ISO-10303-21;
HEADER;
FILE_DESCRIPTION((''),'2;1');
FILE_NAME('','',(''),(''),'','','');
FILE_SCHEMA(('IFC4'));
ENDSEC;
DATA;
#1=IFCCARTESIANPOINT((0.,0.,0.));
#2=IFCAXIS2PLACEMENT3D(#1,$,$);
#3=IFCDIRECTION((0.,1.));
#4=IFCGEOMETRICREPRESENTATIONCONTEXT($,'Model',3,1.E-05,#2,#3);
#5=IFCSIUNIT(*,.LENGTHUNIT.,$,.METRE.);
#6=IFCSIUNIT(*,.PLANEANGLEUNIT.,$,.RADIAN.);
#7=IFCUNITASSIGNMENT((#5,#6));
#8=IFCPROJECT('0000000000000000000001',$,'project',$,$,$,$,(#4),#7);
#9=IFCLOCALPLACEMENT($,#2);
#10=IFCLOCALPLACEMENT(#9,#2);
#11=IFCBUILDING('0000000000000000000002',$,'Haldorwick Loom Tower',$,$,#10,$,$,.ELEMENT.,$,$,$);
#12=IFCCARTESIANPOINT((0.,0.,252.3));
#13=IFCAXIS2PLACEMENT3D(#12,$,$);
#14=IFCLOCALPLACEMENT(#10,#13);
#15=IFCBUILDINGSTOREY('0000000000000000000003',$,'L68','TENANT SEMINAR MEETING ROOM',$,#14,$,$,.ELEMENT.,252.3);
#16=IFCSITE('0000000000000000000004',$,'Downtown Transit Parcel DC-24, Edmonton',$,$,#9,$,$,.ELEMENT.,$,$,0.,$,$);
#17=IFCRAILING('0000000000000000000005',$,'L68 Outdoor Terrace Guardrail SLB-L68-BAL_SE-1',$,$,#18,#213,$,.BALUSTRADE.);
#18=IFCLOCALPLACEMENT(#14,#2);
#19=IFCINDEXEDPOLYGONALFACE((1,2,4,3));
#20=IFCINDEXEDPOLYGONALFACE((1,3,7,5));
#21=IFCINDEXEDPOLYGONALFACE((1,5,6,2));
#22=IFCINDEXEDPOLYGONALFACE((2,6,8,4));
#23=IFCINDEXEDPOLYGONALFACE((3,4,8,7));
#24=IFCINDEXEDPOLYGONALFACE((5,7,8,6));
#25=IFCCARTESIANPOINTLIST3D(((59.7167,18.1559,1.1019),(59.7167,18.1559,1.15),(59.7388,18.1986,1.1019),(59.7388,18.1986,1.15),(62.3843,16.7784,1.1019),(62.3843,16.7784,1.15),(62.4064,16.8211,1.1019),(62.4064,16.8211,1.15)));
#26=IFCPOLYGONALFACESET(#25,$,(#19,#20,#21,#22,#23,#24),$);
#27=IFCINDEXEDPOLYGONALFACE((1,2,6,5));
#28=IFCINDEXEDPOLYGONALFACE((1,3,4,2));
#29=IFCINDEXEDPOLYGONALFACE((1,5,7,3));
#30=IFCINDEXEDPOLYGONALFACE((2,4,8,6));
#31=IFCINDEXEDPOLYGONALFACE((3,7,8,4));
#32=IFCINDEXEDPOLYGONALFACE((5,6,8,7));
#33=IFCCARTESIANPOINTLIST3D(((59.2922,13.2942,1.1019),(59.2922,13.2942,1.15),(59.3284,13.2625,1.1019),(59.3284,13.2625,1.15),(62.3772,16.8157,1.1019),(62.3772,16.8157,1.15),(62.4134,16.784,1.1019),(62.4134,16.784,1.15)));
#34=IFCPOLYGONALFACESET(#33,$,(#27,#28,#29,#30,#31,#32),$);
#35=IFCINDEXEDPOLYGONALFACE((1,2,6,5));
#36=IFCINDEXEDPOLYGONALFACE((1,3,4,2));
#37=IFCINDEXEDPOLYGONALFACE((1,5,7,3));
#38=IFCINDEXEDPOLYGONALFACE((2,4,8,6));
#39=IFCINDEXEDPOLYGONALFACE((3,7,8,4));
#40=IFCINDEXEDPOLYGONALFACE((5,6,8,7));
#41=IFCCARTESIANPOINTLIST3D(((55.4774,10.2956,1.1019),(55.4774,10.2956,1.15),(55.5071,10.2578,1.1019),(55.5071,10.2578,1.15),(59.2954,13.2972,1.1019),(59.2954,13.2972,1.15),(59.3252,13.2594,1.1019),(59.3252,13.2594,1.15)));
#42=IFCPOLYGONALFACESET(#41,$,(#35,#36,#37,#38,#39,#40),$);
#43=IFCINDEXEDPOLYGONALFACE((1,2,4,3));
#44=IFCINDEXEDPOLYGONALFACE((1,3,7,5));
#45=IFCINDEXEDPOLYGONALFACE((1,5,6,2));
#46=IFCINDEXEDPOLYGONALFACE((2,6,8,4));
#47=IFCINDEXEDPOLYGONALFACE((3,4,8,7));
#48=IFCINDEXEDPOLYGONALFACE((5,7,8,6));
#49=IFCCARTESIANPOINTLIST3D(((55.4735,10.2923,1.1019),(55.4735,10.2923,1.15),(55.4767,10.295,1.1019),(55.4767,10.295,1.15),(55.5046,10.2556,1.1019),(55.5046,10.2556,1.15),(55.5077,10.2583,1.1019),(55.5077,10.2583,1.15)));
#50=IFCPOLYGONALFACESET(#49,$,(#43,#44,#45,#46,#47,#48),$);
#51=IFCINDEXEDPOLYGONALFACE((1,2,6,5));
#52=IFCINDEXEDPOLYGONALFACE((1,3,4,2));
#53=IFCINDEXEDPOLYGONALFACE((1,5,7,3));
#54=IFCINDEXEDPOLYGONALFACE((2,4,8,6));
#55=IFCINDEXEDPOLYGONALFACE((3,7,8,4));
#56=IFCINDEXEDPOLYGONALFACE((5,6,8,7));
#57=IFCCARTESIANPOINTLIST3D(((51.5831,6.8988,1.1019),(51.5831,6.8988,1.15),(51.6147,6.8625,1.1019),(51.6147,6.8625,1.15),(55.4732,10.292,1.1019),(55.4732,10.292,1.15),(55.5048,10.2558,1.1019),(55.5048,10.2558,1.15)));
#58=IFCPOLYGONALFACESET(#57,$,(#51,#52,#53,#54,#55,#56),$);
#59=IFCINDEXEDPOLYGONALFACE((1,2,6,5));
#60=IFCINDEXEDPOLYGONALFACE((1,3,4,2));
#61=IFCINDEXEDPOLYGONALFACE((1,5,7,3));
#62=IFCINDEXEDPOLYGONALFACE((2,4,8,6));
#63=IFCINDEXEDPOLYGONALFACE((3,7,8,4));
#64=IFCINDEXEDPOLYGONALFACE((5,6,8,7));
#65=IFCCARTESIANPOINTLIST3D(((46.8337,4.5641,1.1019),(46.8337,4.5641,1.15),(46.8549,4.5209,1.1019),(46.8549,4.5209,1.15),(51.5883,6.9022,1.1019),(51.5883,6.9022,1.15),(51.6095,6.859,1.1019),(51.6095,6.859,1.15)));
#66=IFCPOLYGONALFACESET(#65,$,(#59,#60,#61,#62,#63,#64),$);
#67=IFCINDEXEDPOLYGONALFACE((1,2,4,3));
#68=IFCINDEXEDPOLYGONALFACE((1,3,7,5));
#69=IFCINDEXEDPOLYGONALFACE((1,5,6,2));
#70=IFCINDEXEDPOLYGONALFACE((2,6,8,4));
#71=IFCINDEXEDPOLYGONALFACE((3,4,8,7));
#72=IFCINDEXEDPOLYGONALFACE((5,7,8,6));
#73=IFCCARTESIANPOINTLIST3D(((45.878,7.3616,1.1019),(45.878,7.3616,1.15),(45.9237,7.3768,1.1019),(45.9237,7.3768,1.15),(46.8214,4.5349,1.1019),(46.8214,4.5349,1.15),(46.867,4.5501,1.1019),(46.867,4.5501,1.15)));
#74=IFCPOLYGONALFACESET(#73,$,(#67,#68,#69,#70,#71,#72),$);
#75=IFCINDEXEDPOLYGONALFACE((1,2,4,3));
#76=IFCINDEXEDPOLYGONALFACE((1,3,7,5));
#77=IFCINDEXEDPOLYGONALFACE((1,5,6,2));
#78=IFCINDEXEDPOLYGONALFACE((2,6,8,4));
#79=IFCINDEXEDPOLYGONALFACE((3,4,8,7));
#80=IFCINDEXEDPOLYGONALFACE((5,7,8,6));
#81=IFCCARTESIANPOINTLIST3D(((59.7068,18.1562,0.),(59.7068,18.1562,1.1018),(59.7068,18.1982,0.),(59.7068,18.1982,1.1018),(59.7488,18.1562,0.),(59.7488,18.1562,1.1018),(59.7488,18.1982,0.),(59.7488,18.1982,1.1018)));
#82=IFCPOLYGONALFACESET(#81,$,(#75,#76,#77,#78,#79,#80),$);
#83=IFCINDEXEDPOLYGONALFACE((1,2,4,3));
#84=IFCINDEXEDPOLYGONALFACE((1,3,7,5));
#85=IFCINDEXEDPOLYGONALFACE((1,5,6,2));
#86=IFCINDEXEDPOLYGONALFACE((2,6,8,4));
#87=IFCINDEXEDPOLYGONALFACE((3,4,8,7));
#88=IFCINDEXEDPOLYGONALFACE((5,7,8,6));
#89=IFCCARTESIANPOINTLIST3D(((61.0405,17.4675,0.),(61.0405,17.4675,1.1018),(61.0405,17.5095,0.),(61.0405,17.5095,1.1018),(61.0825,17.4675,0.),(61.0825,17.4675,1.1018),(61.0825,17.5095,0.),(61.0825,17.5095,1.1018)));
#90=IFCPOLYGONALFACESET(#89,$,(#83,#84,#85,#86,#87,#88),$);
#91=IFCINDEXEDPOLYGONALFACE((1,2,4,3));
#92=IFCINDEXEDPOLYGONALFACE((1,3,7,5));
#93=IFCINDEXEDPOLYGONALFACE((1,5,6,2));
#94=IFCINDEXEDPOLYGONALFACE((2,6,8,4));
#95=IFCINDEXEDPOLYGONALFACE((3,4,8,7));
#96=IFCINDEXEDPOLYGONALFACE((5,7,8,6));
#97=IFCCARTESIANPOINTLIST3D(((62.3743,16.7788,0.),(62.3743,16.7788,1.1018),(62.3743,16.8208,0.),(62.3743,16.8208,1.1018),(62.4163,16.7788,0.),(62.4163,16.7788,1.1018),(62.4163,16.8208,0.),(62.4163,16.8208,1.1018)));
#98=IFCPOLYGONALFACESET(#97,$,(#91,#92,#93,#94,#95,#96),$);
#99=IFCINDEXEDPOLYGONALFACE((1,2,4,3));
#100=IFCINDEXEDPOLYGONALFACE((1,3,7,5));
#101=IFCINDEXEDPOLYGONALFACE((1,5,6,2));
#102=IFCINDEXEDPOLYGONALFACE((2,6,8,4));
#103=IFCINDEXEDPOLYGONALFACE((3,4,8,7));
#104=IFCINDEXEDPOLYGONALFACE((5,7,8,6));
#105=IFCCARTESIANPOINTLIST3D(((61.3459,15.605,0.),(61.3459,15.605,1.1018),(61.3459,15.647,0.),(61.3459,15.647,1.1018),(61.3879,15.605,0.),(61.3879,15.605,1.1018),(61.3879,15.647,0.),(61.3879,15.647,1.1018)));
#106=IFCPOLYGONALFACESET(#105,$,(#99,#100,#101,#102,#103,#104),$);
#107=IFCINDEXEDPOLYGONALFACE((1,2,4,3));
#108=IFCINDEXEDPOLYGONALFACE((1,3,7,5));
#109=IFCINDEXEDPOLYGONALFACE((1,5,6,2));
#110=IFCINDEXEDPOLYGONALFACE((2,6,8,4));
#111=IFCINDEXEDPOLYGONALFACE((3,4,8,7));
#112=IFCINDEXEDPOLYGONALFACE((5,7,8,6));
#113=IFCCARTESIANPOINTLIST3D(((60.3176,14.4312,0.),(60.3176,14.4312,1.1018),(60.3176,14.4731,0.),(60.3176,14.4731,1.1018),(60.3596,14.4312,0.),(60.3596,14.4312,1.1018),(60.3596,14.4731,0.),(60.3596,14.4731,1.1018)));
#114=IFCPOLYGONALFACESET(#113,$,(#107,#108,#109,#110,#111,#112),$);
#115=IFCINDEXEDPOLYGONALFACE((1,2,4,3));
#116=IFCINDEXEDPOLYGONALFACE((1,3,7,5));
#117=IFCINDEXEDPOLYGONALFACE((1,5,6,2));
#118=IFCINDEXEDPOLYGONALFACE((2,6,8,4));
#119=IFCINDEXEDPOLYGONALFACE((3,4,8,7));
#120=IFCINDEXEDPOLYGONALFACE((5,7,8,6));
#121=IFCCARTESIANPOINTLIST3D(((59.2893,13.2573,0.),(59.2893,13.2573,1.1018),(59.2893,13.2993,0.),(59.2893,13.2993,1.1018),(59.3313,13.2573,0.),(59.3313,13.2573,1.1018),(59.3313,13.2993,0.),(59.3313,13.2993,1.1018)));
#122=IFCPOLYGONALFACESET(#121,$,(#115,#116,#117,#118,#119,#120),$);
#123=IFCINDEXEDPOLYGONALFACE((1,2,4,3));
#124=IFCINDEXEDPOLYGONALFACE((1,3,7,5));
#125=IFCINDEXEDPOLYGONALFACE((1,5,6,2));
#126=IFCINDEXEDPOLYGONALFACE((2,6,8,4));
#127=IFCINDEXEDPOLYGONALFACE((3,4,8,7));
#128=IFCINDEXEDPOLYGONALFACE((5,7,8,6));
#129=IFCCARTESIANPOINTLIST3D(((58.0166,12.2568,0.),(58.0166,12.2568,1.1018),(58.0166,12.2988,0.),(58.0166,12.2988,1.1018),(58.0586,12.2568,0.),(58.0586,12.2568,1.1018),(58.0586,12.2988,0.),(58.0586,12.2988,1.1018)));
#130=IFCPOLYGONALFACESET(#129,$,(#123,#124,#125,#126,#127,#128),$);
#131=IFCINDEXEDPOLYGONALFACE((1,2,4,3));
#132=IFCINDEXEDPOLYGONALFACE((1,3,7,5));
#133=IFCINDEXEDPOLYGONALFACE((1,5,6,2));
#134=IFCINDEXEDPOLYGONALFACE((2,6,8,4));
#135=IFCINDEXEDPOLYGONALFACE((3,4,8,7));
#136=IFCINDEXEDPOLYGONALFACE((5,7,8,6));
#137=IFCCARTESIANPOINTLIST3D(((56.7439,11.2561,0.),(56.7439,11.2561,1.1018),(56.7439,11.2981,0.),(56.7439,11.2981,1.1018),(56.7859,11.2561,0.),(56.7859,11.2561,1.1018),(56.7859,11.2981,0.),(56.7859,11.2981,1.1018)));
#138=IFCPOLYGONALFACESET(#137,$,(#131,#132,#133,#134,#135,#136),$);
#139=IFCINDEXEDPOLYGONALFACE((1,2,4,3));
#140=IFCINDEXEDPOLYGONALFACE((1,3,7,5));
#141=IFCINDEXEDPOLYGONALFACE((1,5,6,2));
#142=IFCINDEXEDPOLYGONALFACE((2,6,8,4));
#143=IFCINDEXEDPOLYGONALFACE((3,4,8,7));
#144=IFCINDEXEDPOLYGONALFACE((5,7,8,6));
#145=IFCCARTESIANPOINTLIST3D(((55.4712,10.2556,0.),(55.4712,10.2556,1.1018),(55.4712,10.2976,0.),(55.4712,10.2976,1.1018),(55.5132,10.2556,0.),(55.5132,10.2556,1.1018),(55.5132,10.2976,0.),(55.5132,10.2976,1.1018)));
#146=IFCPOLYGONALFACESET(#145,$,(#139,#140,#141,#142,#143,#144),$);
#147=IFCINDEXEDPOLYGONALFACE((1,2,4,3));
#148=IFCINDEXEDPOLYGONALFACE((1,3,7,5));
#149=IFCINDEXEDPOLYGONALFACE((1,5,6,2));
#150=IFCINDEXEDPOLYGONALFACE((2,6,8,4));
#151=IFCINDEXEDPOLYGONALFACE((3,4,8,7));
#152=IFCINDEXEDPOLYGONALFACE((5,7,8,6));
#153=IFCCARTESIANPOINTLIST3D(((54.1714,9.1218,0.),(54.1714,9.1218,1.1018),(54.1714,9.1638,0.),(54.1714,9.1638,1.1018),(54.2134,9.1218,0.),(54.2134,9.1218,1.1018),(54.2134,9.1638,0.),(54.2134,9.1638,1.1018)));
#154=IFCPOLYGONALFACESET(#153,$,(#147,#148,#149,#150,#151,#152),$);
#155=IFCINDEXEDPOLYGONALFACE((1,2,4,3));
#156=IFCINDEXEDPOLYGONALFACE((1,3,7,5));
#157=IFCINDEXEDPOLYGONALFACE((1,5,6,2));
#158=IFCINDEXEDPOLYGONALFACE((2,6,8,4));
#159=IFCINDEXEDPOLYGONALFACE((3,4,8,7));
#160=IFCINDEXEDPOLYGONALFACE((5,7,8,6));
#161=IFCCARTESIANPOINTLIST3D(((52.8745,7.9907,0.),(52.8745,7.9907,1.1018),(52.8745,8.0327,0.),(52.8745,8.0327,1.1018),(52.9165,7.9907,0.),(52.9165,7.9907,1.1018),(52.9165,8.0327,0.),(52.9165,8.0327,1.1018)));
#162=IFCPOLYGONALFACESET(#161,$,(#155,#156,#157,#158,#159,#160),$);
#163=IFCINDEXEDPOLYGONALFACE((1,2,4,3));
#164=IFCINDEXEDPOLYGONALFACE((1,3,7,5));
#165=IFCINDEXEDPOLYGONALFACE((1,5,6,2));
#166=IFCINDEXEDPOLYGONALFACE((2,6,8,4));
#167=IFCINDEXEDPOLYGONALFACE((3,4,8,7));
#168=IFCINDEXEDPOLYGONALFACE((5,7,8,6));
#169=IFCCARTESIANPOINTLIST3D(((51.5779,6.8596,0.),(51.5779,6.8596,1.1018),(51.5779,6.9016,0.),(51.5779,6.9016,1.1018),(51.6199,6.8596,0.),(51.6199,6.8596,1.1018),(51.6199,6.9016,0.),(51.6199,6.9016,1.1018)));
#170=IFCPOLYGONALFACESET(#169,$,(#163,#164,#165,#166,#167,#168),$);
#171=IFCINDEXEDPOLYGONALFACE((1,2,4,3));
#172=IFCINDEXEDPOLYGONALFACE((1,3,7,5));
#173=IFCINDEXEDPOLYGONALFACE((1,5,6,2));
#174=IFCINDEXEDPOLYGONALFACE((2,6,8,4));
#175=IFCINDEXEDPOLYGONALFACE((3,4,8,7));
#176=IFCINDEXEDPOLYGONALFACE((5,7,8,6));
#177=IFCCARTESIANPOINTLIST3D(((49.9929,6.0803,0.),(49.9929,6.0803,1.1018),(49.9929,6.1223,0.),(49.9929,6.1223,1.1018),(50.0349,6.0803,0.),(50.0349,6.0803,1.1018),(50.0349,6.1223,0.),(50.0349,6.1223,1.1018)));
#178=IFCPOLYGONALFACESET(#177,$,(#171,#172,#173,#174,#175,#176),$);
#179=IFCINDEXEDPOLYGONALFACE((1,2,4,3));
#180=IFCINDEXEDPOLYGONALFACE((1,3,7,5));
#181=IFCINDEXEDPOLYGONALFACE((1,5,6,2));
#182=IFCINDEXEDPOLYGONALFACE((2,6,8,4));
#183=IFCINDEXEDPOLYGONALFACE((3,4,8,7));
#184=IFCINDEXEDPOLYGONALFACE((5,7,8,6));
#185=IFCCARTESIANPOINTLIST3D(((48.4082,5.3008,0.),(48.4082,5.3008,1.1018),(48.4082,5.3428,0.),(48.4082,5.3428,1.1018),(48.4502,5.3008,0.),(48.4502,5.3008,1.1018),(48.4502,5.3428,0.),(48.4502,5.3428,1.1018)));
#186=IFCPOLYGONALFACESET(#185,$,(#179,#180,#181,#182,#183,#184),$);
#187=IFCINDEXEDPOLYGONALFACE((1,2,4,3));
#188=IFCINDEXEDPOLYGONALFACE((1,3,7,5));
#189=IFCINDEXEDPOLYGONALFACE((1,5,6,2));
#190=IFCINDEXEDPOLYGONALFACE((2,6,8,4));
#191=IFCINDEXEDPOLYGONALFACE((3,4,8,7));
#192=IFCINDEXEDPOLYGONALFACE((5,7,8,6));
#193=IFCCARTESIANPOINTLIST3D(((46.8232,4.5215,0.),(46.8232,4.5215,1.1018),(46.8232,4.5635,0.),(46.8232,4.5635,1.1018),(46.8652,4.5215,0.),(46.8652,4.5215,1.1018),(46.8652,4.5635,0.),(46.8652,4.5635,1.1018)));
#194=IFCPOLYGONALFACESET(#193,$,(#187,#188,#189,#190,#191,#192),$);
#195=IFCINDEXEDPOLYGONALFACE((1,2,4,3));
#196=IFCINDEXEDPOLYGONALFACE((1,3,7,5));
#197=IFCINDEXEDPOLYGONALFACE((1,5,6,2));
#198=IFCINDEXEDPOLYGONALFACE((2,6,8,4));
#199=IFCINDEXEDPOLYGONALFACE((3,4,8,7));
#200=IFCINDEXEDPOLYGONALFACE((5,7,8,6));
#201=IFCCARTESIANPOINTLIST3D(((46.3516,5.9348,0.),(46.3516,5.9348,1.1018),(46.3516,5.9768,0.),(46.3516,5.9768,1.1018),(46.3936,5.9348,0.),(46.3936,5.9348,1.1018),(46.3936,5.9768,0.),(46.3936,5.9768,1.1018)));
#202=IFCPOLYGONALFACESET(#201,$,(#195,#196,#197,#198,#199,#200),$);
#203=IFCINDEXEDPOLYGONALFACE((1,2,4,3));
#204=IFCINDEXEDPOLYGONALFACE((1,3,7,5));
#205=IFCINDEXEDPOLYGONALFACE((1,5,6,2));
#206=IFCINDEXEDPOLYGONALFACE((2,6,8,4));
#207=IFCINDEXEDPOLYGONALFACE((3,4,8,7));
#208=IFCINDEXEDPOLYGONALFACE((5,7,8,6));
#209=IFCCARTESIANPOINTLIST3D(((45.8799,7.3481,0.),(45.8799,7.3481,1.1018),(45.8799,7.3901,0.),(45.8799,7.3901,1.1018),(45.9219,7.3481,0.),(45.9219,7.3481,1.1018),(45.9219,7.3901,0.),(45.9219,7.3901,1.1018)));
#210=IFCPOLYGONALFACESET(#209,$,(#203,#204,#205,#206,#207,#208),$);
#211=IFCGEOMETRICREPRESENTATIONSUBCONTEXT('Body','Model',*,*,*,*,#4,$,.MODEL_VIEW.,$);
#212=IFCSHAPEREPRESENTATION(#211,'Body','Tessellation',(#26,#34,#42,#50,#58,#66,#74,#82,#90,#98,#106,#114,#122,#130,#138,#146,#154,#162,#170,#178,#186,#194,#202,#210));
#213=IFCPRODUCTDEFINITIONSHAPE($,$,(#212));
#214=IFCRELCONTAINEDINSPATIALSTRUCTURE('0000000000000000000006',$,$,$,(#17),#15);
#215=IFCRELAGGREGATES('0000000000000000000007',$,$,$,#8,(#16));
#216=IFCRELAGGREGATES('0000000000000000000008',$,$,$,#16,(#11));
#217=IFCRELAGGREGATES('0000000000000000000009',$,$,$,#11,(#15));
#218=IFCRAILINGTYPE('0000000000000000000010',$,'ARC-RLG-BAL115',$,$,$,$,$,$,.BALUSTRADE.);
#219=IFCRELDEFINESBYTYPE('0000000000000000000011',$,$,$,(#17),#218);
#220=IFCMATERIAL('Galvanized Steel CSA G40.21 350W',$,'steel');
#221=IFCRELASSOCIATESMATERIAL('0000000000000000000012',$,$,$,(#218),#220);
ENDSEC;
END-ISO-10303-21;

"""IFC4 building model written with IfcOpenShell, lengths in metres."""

from ifc_helpers import new_model, si_unit, direction, frame, origin, origin_2d, place, context, subcontext, project, spatial, rectangle, extrude, material, type_object, element, save


model = new_model("IFC4")

# Units and contexts
model_context = context("Model", 3, precision=1e-05, world=origin(), true_north=direction((0.0, 1.0)))
body_context = subcontext(model_context, "Body", "Model", "MODEL_VIEW")
ifc_project = project(units=[si_unit("LENGTHUNIT", "METRE"), si_unit("PLANEANGLEUNIT", "RADIAN")], contexts=[model_context])

# Site, building, storey
site_placement = place(None, origin())
site = spatial("IfcSite", under=ifc_project, at=site_placement, Name="Downtown Transit Parcel DC-24, Edmonton", CompositionType="ELEMENT", RefElevation=0.0)
building_placement = place(site_placement, origin())
building = spatial("IfcBuilding", under=site, at=building_placement, Name="Haldorwick Loom Tower", CompositionType="ELEMENT")
storey_placement = place(building_placement, frame((0.0, 0.0, 252.3)))
storey = spatial("IfcBuildingStorey", under=building, at=storey_placement, Name="L68", Description="TENANT SEMINAR MEETING ROOM", CompositionType="ELEMENT", Elevation=252.3)

# Railing
ifc_material_1 = material(Name="Galvanized Steel CSA G40.21 350W", Category="steel")
railing_type = type_object("IfcRailingType", Name="ARC-RLG-BAL115", PredefinedType="BALUSTRADE", material=ifc_material_1)
railing_placement = place(storey_placement, frame((59.7278, 18.1772, 0.0)))
element("IfcRailing", 1, at=railing_placement, inside=storey, type_object=railing_type, Name="L68 Outdoor Terrace Guardrail SLB-L68-BAL_SE-1", PredefinedType="BALUSTRADE", context=body_context, shape_type="SweptSolid", body=[
    extrude(rectangle(XDim=0.0481, YDim=0.0481, at=origin_2d()), frame((0.0, 0.0, 1.126), z_axis=(0.888529, -0.458821, 0.0), x_axis=(0.458821, 0.888529, 0.0)), (0.0, 0.0, 1.0), 3.0022),
    extrude(rectangle(XDim=0.0481, YDim=0.0481, at=origin_2d()), frame((2.6675, -1.3774, 1.126), z_axis=(-0.658948, -0.752189, 0.0), x_axis=(0.752189, -0.658948, 0.0)), (0.0, 0.0, 1.0), 4.6816),
    extrude(rectangle(XDim=0.0481, YDim=0.0481, at=origin_2d()), frame((-0.4175, -4.8989, 1.126), z_axis=(-0.786142, -0.618046, 0.0), x_axis=(0.618046, -0.786142, 0.0)), (0.0, 0.0, 1.0), 4.8567),
    extrude(rectangle(XDim=0.0481, YDim=0.0481, at=origin_2d()), frame((-4.2356, -7.9006, 1.126), z_axis=(-0.763386, -0.645942, 0.0), x_axis=(0.645942, -0.763386, 0.0)), (0.0, 0.0, 1.0), 0.0042),
    extrude(rectangle(XDim=0.0481, YDim=0.0481, at=origin_2d()), frame((-4.2388, -7.9033, 1.126), z_axis=(-0.753589, -0.657345, 0.0), x_axis=(0.657345, -0.753589, 0.0)), (0.0, 0.0, 1.0), 5.1621),
    extrude(rectangle(XDim=0.0481, YDim=0.0481, at=origin_2d()), frame((-8.1289, -11.2966, 1.126), z_axis=(-0.897366, -0.441287, 0.0), x_axis=(0.441287, -0.897366, 0.0)), (0.0, 0.0, 1.0), 5.2983),
    extrude(rectangle(XDim=0.0481, YDim=0.0481, at=origin_2d()), frame((-12.8835, -13.6348, 1.126), z_axis=(-0.316572, 0.948569, 0.0), x_axis=(-0.948569, -0.316572, 0.0)), (0.0, 0.0, 1.0), 2.98),
    extrude(rectangle(XDim=0.042, YDim=0.042, at=origin_2d()), origin(), (0.0, 0.0, 1.0), 1.1018),
    extrude(rectangle(XDim=0.042, YDim=0.042, at=origin_2d()), frame((1.3337, -0.6887, 0.0)), (0.0, 0.0, 1.0), 1.1018),
    extrude(rectangle(XDim=0.042, YDim=0.042, at=origin_2d()), frame((2.6675, -1.3774, 0.0)), (0.0, 0.0, 1.0), 1.1018),
    extrude(rectangle(XDim=0.042, YDim=0.042, at=origin_2d()), frame((1.6392, -2.5513, 0.0)), (0.0, 0.0, 1.0), 1.1018),
    extrude(rectangle(XDim=0.042, YDim=0.042, at=origin_2d()), frame((0.6108, -3.7251, 0.0)), (0.0, 0.0, 1.0), 1.1018),
    extrude(rectangle(XDim=0.042, YDim=0.042, at=origin_2d()), frame((-0.4175, -4.8989, 0.0)), (0.0, 0.0, 1.0), 1.1018),
    extrude(rectangle(XDim=0.042, YDim=0.042, at=origin_2d()), frame((-1.6902, -5.8994, 0.0)), (0.0, 0.0, 1.0), 1.1018),
    extrude(rectangle(XDim=0.042, YDim=0.042, at=origin_2d()), frame((-2.9629, -6.9001, 0.0)), (0.0, 0.0, 1.0), 1.1018),
    extrude(rectangle(XDim=0.042, YDim=0.042, at=origin_2d()), frame((-4.2356, -7.9006, 0.0)), (0.0, 0.0, 1.0), 1.1018),
    extrude(rectangle(XDim=0.042, YDim=0.042, at=origin_2d()), frame((-5.5354, -9.0344, 0.0)), (0.0, 0.0, 1.0), 1.1018),
    extrude(rectangle(XDim=0.042, YDim=0.042, at=origin_2d()), frame((-6.8323, -10.1655, 0.0)), (0.0, 0.0, 1.0), 1.1018),
    extrude(rectangle(XDim=0.042, YDim=0.042, at=origin_2d()), frame((-8.1289, -11.2966, 0.0)), (0.0, 0.0, 1.0), 1.1018),
    extrude(rectangle(XDim=0.042, YDim=0.042, at=origin_2d()), frame((-9.7139, -12.0759, 0.0)), (0.0, 0.0, 1.0), 1.1018),
    extrude(rectangle(XDim=0.042, YDim=0.042, at=origin_2d()), frame((-11.2986, -12.8555, 0.0)), (0.0, 0.0, 1.0), 1.1018),
    extrude(rectangle(XDim=0.042, YDim=0.042, at=origin_2d()), frame((-12.8835, -13.6348, 0.0)), (0.0, 0.0, 1.0), 1.1018),
    extrude(rectangle(XDim=0.042, YDim=0.042, at=origin_2d()), frame((-13.3552, -12.2214, 0.0)), (0.0, 0.0, 1.0), 1.1018),
    extrude(rectangle(XDim=0.042, YDim=0.042, at=origin_2d()), frame((-13.8269, -10.8081, 0.0)), (0.0, 0.0, 1.0), 1.1018),
])

save(model, "model.ifc")
